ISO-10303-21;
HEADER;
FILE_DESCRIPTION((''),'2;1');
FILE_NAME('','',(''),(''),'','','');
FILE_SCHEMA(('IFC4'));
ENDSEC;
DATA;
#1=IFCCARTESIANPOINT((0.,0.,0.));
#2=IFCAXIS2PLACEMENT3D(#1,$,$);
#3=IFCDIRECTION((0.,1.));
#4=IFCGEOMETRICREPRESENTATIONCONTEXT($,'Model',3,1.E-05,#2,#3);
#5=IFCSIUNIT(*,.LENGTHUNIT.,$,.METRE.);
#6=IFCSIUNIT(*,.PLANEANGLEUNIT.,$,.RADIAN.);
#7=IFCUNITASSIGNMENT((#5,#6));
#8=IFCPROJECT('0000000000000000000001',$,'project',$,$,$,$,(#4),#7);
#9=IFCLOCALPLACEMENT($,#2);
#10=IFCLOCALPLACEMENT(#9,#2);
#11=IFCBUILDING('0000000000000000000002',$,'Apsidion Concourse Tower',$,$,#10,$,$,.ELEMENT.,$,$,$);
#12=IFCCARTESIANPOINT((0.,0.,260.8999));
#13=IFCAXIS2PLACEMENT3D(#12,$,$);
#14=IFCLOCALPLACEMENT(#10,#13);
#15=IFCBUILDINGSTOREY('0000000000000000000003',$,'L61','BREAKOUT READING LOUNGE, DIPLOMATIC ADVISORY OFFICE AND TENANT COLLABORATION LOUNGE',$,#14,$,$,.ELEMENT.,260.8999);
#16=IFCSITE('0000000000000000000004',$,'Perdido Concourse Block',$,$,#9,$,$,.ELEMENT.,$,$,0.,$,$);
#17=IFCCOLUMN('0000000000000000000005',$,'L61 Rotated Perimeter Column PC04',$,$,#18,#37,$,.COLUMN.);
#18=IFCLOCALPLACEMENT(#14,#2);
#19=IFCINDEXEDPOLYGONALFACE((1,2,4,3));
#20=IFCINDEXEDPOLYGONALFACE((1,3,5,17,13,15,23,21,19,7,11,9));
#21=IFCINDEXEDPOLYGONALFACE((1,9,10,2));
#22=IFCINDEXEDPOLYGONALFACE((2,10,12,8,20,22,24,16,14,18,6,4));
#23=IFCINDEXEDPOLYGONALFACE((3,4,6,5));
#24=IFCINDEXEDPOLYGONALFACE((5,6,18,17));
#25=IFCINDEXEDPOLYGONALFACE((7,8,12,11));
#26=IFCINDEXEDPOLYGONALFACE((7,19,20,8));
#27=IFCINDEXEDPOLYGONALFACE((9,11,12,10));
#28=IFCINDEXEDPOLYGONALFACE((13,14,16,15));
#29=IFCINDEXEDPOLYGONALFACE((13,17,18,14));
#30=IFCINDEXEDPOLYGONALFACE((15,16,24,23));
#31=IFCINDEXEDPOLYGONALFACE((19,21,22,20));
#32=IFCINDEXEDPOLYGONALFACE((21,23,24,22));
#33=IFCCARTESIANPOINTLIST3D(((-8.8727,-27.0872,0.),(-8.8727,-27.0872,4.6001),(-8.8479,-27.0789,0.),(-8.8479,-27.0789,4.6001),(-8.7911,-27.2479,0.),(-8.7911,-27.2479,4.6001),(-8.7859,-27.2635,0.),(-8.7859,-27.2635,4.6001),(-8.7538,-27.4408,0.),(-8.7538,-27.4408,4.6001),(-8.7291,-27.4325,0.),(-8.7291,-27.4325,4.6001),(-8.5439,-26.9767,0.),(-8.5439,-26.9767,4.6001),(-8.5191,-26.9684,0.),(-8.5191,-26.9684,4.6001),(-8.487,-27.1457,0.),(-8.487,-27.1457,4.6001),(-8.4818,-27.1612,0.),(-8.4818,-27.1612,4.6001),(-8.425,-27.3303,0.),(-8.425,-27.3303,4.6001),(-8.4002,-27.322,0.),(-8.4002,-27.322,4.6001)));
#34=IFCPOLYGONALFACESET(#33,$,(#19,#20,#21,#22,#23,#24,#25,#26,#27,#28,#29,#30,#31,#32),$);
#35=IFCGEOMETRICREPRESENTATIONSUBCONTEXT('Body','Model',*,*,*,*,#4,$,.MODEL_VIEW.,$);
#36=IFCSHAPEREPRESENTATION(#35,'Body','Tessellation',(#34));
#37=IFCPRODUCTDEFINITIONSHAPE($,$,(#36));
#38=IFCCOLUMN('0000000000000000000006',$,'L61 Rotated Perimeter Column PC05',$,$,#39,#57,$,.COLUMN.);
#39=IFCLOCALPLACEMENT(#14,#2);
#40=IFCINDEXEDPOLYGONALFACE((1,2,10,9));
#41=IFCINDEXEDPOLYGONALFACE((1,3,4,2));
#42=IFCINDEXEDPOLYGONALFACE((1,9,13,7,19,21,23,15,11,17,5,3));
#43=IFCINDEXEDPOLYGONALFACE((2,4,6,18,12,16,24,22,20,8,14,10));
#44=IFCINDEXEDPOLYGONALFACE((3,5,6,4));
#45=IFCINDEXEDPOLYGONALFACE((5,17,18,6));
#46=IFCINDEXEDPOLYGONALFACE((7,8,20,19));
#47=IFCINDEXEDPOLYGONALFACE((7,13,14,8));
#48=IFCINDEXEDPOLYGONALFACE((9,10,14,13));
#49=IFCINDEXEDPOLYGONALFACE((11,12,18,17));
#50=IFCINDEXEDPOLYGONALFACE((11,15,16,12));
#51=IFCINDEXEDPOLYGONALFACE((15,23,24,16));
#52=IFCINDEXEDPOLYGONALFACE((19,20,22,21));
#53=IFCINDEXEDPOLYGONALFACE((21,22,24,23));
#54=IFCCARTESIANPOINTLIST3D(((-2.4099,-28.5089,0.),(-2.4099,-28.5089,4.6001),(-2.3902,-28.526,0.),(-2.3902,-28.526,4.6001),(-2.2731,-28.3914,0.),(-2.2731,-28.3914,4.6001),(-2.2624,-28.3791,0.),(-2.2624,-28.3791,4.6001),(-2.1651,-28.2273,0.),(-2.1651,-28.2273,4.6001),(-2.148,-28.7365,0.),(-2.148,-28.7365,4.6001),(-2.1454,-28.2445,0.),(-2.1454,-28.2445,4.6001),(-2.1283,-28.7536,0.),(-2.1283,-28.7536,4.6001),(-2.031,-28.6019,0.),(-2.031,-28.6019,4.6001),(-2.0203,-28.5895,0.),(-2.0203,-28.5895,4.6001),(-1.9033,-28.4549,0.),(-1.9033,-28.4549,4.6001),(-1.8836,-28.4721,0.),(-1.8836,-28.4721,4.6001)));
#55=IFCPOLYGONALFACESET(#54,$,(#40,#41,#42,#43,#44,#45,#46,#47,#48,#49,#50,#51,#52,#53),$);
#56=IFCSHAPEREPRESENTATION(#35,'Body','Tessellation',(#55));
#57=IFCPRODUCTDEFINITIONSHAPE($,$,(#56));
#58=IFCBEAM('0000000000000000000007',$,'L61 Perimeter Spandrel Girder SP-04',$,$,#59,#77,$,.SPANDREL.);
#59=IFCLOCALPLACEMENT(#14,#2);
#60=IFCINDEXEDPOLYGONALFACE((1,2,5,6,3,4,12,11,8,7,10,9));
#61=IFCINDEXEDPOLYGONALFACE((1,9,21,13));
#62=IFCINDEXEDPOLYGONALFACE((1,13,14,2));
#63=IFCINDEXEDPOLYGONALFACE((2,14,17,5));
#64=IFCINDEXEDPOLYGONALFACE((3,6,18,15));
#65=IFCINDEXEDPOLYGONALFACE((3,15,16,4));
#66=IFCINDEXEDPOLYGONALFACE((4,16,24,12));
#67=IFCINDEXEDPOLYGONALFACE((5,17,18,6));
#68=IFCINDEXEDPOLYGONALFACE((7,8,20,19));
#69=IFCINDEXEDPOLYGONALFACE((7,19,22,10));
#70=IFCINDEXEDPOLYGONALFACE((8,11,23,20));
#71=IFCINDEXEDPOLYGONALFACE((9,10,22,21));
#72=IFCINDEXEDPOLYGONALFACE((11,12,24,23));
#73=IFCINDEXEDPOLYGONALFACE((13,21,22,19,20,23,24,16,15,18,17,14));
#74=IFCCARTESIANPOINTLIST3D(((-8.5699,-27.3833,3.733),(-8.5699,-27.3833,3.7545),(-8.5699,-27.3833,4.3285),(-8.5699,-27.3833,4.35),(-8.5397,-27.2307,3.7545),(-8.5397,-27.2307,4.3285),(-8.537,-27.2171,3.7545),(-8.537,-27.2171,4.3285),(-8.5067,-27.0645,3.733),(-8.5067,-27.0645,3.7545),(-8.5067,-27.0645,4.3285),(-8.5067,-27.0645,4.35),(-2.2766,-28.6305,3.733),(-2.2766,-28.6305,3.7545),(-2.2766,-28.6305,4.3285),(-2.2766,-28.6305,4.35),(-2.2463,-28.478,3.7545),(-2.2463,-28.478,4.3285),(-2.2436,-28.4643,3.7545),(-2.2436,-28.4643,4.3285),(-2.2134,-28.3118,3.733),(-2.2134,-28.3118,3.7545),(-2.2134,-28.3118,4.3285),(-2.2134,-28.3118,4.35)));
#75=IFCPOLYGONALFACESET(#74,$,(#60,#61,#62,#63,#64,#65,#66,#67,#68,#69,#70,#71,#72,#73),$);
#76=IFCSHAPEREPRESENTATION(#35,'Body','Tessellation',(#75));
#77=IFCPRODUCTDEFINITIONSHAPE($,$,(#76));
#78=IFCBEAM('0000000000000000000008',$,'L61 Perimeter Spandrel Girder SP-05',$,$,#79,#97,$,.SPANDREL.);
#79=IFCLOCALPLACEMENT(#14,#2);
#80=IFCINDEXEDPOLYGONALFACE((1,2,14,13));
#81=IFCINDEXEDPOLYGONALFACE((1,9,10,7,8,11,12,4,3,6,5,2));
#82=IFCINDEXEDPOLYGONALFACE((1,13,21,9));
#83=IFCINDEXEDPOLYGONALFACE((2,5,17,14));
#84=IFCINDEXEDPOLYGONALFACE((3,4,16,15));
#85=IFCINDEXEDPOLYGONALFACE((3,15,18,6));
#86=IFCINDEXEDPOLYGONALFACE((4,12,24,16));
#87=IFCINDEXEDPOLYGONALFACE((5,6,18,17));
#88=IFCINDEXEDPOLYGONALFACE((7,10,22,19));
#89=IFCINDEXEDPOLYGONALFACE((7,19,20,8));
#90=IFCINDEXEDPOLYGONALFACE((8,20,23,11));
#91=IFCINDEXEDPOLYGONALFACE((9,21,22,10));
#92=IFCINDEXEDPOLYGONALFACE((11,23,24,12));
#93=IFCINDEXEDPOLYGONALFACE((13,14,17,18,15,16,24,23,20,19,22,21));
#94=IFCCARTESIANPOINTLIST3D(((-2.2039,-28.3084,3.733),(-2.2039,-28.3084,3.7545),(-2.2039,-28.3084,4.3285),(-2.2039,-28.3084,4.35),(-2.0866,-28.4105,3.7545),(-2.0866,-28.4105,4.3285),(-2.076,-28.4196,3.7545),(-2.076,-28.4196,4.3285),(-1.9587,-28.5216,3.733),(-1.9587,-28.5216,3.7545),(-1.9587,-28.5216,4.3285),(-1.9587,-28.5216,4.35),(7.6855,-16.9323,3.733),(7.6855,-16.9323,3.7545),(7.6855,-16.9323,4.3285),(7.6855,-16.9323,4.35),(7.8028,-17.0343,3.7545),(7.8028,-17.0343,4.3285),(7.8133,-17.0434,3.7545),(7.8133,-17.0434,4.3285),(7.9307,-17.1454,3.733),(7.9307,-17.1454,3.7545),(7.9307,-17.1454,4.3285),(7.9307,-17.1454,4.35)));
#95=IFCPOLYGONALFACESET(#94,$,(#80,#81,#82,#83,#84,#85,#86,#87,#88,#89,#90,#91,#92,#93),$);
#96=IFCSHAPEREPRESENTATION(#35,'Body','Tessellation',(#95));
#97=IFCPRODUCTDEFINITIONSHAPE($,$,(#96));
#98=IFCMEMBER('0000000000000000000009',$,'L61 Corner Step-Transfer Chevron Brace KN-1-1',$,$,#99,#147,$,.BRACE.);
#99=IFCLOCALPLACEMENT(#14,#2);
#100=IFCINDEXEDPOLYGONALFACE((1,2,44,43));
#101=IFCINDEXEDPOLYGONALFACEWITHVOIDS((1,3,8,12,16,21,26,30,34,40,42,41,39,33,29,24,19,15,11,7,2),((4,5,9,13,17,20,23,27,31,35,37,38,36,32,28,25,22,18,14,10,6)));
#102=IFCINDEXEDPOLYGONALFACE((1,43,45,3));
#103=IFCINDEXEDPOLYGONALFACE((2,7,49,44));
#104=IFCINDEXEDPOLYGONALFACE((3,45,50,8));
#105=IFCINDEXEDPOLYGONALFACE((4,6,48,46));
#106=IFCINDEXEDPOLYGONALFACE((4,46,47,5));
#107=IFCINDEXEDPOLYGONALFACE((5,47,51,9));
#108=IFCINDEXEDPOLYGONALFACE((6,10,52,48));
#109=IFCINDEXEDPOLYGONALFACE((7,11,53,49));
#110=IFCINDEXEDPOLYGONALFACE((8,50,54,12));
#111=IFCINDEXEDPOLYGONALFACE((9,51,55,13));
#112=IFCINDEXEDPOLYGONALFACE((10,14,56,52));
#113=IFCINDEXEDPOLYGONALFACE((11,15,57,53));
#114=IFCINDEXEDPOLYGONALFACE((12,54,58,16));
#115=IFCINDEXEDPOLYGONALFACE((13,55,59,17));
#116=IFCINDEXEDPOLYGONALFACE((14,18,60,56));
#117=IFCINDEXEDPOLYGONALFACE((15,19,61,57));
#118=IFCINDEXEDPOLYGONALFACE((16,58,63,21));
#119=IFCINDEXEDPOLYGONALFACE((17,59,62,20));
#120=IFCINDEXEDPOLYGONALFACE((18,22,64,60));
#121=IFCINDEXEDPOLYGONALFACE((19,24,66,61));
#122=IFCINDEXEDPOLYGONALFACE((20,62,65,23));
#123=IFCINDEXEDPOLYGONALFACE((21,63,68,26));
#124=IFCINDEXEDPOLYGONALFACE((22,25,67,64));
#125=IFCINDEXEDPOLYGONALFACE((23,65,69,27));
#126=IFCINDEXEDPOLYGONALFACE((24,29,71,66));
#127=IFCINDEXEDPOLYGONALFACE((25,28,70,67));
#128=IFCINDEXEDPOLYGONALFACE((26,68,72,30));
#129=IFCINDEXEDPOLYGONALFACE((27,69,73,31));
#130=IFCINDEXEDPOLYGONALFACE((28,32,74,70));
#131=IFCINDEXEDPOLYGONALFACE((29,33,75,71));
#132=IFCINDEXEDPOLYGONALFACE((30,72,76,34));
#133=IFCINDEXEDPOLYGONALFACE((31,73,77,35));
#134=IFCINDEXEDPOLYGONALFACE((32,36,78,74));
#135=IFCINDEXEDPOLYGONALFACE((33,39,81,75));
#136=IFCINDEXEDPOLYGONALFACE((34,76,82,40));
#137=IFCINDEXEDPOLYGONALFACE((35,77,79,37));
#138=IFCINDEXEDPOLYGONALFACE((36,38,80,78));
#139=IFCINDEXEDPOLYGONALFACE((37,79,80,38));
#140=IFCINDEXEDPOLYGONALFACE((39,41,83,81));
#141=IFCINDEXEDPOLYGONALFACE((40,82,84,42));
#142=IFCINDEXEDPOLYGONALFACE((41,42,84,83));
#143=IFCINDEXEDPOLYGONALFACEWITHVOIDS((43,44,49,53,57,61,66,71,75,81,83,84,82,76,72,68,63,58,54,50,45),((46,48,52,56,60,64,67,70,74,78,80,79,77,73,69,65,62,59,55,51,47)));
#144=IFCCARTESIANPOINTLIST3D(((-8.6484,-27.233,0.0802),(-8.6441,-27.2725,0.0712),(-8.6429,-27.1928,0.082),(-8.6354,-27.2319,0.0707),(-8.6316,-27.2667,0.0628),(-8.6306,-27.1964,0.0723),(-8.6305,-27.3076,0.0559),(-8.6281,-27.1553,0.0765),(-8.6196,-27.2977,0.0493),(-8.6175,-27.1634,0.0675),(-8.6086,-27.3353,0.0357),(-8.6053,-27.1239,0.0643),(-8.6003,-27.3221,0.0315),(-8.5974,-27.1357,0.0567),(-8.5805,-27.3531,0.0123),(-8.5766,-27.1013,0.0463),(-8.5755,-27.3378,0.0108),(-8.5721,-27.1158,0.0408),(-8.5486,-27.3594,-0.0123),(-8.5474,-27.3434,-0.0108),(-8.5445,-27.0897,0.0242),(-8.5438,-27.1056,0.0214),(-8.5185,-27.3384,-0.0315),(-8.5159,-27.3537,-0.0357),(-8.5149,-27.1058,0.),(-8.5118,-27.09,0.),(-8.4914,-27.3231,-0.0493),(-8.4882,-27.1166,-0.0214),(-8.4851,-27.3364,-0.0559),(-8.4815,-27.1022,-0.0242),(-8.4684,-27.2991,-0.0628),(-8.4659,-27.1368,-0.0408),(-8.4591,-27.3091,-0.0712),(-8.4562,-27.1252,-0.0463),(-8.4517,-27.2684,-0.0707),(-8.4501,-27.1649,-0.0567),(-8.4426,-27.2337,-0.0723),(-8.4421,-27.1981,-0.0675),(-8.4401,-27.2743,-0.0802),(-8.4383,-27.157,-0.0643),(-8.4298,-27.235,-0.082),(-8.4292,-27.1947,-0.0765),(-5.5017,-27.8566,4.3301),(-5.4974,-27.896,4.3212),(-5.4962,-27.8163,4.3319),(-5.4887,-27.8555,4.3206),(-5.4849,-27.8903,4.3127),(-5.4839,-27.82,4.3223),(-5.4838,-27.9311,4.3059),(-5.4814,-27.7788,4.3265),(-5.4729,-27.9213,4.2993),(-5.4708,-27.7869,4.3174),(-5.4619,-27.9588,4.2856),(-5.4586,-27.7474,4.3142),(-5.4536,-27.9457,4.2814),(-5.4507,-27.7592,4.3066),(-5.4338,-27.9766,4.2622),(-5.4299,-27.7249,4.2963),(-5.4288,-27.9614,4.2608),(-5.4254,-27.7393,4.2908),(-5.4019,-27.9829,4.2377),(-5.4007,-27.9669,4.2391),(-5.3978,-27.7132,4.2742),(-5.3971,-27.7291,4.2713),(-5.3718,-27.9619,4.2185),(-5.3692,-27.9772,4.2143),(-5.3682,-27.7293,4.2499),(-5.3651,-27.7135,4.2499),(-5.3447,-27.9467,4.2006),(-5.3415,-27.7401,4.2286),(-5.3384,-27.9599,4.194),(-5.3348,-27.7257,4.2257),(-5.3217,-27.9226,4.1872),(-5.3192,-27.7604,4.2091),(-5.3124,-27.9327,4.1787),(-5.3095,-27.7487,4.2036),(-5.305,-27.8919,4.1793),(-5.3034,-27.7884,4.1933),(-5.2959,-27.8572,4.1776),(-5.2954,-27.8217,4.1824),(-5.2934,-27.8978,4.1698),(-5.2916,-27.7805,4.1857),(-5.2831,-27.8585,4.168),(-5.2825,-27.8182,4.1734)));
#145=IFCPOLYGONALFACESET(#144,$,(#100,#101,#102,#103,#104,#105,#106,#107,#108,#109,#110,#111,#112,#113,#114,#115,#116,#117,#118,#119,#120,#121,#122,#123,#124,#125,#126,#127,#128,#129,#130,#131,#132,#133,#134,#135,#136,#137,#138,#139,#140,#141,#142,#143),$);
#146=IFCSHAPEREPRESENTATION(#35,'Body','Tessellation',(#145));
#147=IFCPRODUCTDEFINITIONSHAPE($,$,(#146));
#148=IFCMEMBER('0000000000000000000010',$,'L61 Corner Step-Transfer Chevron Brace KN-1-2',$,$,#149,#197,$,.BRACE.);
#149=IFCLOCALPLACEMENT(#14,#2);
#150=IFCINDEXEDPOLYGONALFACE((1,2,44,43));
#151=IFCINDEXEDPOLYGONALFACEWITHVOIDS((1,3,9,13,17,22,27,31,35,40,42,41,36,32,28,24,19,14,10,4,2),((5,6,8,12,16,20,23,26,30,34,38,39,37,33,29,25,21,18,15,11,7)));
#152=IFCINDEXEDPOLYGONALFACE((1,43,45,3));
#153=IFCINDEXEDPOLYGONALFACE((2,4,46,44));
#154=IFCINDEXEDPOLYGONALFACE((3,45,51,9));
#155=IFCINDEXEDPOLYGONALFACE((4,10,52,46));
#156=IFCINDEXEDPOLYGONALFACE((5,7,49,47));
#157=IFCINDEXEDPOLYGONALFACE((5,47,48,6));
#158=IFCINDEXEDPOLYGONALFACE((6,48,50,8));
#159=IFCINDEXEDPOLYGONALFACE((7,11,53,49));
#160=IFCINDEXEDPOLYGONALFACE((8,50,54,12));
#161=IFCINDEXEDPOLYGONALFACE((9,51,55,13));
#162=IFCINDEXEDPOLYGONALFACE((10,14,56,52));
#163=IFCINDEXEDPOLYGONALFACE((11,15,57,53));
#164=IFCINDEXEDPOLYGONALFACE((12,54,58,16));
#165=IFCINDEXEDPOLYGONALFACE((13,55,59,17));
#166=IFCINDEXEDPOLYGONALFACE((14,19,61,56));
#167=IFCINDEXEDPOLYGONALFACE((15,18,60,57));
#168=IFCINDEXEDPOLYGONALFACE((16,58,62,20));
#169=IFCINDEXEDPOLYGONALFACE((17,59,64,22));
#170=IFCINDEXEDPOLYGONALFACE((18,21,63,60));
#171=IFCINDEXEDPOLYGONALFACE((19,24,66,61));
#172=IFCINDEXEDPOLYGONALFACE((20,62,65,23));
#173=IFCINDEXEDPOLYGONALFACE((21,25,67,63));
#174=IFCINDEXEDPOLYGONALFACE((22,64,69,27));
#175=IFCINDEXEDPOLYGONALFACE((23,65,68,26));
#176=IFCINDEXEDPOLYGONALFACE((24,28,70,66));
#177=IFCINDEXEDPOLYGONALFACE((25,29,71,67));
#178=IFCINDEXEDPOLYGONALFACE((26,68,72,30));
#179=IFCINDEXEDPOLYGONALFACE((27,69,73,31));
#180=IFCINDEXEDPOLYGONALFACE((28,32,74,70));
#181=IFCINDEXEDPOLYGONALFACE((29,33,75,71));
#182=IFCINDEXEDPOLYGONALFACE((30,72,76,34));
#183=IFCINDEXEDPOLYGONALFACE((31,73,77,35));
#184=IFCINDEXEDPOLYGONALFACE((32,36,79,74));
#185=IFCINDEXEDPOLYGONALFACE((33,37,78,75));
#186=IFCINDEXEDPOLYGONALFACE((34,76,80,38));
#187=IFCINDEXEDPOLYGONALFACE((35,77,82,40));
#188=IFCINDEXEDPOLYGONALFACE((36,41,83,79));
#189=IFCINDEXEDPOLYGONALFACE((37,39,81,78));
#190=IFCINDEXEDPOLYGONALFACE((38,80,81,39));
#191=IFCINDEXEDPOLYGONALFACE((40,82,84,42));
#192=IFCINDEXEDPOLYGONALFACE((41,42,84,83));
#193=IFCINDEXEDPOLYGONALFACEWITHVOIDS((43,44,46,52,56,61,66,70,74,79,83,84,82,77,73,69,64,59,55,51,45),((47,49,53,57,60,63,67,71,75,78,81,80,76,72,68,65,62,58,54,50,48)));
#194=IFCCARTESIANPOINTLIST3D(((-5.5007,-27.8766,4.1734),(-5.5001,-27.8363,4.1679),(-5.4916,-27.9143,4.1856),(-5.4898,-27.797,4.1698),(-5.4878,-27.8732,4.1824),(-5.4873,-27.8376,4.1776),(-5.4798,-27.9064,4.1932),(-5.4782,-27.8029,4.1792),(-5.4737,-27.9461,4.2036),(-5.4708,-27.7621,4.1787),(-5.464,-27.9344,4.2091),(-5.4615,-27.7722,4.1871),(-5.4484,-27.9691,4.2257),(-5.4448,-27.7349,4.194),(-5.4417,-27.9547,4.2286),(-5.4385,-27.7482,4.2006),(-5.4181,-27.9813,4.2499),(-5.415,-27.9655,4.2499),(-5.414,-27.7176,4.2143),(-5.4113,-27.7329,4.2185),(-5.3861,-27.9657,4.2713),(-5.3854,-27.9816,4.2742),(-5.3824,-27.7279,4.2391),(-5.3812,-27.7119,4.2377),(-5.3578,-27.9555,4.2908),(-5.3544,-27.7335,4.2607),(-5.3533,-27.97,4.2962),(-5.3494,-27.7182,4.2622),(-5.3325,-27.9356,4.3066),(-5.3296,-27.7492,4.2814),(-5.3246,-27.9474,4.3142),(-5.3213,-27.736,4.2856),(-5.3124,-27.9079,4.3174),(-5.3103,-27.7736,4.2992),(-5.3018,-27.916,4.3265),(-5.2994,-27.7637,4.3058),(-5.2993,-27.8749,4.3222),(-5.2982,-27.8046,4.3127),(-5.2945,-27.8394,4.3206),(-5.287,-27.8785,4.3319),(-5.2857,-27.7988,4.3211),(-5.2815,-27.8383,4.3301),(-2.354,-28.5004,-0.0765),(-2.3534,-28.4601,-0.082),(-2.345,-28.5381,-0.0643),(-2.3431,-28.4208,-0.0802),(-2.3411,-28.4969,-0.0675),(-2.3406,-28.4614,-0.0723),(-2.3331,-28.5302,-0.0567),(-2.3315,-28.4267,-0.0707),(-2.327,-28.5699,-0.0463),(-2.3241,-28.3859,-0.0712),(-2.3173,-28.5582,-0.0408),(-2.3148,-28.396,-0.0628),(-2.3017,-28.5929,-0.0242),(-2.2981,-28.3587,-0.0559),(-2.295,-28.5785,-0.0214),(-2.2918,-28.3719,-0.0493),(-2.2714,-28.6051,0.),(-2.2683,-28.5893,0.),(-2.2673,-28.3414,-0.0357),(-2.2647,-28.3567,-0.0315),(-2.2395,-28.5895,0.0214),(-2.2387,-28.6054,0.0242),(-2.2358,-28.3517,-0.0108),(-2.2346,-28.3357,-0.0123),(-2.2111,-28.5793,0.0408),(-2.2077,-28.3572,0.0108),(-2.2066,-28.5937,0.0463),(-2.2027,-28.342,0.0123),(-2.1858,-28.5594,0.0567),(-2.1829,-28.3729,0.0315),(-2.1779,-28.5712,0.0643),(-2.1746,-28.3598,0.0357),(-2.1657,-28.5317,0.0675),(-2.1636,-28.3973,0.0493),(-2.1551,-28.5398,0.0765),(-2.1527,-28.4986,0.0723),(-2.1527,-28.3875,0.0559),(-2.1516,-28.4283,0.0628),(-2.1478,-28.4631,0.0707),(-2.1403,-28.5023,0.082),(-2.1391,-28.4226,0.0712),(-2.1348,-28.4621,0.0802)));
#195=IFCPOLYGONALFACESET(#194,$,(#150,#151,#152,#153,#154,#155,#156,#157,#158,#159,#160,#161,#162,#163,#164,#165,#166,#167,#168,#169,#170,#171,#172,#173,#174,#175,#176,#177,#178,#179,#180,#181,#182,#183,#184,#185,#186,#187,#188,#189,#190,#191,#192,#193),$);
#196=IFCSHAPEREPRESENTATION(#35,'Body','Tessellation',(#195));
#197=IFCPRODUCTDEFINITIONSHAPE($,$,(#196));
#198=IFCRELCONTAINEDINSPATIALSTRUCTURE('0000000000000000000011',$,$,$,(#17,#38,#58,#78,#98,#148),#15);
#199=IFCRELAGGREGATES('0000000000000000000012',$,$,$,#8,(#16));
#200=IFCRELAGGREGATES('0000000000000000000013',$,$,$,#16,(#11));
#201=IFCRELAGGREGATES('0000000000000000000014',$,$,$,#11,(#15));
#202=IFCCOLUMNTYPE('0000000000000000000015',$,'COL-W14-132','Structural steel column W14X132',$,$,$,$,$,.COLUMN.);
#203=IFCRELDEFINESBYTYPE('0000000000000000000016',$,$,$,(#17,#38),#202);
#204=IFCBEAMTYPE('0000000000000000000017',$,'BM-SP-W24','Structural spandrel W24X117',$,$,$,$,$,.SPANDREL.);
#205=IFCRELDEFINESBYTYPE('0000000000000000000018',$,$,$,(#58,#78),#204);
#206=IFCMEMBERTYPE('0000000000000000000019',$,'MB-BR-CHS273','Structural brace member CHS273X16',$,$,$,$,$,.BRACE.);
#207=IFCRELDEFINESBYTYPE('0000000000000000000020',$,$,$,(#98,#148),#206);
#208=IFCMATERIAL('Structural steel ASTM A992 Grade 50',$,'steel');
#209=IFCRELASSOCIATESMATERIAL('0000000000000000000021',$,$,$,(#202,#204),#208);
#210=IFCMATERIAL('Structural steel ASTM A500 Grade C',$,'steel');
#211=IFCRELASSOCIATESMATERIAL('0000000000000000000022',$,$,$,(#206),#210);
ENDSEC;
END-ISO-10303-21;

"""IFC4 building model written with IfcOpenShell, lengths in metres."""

from ifc_helpers import new_model, si_unit, direction, frame, origin, origin_2d, place, context, subcontext, project, spatial, hollow_circle, i_section, extrude, material, material_profile, profile_set, type_object, element, save


model = new_model("IFC4")

# Units and contexts
model_context = context("Model", 3, precision=1e-05, world=origin(), true_north=direction((0.0, 1.0)))
body_context = subcontext(model_context, "Body", "Model", "MODEL_VIEW")
ifc_project = project(units=[si_unit("LENGTHUNIT", "METRE"), si_unit("PLANEANGLEUNIT", "RADIAN")], contexts=[model_context])

# Site, building, storey
site_placement = place(None, origin())
site = spatial("IfcSite", under=ifc_project, at=site_placement, Name="Perdido Concourse Block", CompositionType="ELEMENT", RefElevation=0.0)
building_placement = place(site_placement, origin())
building = spatial("IfcBuilding", under=site, at=building_placement, Name="Apsidion Concourse Tower", CompositionType="ELEMENT")
storey_placement = place(building_placement, frame((0.0, 0.0, 260.8999)))
storey = spatial("IfcBuildingStorey", under=building, at=storey_placement, Name="L61", Description="BREAKOUT READING LOUNGE, DIPLOMATIC ADVISORY OFFICE AND TENANT COLLABORATION LOUNGE", CompositionType="ELEMENT", Elevation=260.8999)

# Columns
ifc_material_1 = material(Name="Structural steel ASTM A992 Grade 50", Category="steel")
ifc_material_profile_1 = material_profile(ifc_material_1, i_section(OverallWidth=0.373, OverallDepth=0.373, WebThickness=0.0164, FlangeThickness=0.0261, at=origin_2d()), Name="W14X132")
ifc_profile_set_1 = profile_set([ifc_material_profile_1], Name="Structural steel ASTM A992 Grade 50")
column_type = type_object("IfcColumnType", Name="COL-W14-132", Description="Structural steel column W14X132", PredefinedType="COLUMN", material=ifc_profile_set_1)
for number, where, z_axis, x_axis, name in (
    (1, (-8.6365, -27.2046, 0.0), (0.0, 0.0, 1.0), (-0.318628, 0.94788, 0.0), "L61 Rotated Perimeter Column PC04"),
    (2, (-2.1467, -28.4905, 0.0), (0.0, 0.0, 1.0), (0.656059, 0.75471, 0.0), "L61 Rotated Perimeter Column PC05"),
):
    element("IfcColumn", number, at=place(storey_placement, frame(where, z_axis=z_axis, x_axis=x_axis)), inside=storey, type_object=column_type, Name=name, PredefinedType="COLUMN", context=body_context, shape_type="SweptSolid", body=[
        extrude(i_section(OverallWidth=0.373, OverallDepth=0.373, WebThickness=0.0164, FlangeThickness=0.0261, at=origin_2d()), origin(), (0.0, 0.0, 1.0), 4.6001),
    ])

# Beams
ifc_material_profile_2 = material_profile(ifc_material_1, i_section(OverallWidth=0.325, OverallDepth=0.6169, WebThickness=0.0139, FlangeThickness=0.0215, at=origin_2d()), Name="W24X117")
ifc_profile_set_2 = profile_set([ifc_material_profile_2], Name="Structural steel ASTM A992 Grade 50")
beam_type = type_object("IfcBeamType", Name="BM-SP-W24", Description="Structural spandrel W24X117", PredefinedType="SPANDREL", material=ifc_profile_set_2)
beam_1_placement = place(storey_placement, frame((-8.5383, -27.2239, 4.0415), z_axis=(0.98092, -0.194411, 0.0), x_axis=(0.194411, 0.98092, 0.0)))
element("IfcBeam", 3, at=beam_1_placement, inside=storey, type_object=beam_type, Name="L61 Perimeter Spandrel Girder SP-04", PredefinedType="SPANDREL", context=body_context, shape_type="SweptSolid", body=[
    extrude(i_section(OverallWidth=0.325, OverallDepth=0.6169, WebThickness=0.0139, FlangeThickness=0.0215, at=origin_2d()), origin(), (0.0, 0.0, 1.0), 6.4158),
])
beam_2_placement = place(storey_placement, frame((-2.0813, -28.415, 4.0415), z_axis=(0.656067, 0.754703, 0.0), x_axis=(-0.754703, 0.656067, 0.0)))
element("IfcBeam", 4, at=beam_2_placement, inside=storey, type_object=beam_type, Name="L61 Perimeter Spandrel Girder SP-05", PredefinedType="SPANDREL", context=body_context, shape_type="SweptSolid", body=[
    extrude(i_section(OverallWidth=0.325, OverallDepth=0.6169, WebThickness=0.0139, FlangeThickness=0.0215, at=origin_2d()), origin(), (0.0, 0.0, 1.0), 15.0737),
])

# Members
ifc_material_2 = material(Name="Structural steel ASTM A500 Grade C", Category="steel")
ifc_material_profile_3 = material_profile(ifc_material_2, hollow_circle(Radius=0.1365, WallThickness=0.0161, at=origin_2d()), Name="CHS273X16")
ifc_profile_set_3 = profile_set([ifc_material_profile_3], Name="Structural steel ASTM A500 Grade C")
member_type = type_object("IfcMemberType", Name="MB-BR-CHS273", Description="Structural brace member CHS273X16", PredefinedType="BRACE", material=ifc_profile_set_3)
for number, where, z_axis, x_axis, name in (
    (5, (-8.5383, -27.2239, 0.0), (0.59096, -0.117101, 0.798156), (0.194374, 0.980927, 0.0), "L61 Corner Step-Transfer Chevron Brace KN-1-1"),
    (6, (-2.2449, -28.4712, 0.0), (-0.590957, 0.117146, 0.798152), (-0.194447, -0.980913, 0.0), "L61 Corner Step-Transfer Chevron Brace KN-1-2"),
):
    element("IfcMember", number, at=place(storey_placement, frame(where, z_axis=z_axis, x_axis=x_axis)), inside=storey, type_object=member_type, Name=name, PredefinedType="BRACE", context=body_context, shape_type="SweptSolid", body=[
        extrude(hollow_circle(Radius=0.1365, WallThickness=0.0161, at=origin_2d()), origin(), (0.0, 0.0, 1.0), 5.3247),
    ])

save(model, "model.ifc")
